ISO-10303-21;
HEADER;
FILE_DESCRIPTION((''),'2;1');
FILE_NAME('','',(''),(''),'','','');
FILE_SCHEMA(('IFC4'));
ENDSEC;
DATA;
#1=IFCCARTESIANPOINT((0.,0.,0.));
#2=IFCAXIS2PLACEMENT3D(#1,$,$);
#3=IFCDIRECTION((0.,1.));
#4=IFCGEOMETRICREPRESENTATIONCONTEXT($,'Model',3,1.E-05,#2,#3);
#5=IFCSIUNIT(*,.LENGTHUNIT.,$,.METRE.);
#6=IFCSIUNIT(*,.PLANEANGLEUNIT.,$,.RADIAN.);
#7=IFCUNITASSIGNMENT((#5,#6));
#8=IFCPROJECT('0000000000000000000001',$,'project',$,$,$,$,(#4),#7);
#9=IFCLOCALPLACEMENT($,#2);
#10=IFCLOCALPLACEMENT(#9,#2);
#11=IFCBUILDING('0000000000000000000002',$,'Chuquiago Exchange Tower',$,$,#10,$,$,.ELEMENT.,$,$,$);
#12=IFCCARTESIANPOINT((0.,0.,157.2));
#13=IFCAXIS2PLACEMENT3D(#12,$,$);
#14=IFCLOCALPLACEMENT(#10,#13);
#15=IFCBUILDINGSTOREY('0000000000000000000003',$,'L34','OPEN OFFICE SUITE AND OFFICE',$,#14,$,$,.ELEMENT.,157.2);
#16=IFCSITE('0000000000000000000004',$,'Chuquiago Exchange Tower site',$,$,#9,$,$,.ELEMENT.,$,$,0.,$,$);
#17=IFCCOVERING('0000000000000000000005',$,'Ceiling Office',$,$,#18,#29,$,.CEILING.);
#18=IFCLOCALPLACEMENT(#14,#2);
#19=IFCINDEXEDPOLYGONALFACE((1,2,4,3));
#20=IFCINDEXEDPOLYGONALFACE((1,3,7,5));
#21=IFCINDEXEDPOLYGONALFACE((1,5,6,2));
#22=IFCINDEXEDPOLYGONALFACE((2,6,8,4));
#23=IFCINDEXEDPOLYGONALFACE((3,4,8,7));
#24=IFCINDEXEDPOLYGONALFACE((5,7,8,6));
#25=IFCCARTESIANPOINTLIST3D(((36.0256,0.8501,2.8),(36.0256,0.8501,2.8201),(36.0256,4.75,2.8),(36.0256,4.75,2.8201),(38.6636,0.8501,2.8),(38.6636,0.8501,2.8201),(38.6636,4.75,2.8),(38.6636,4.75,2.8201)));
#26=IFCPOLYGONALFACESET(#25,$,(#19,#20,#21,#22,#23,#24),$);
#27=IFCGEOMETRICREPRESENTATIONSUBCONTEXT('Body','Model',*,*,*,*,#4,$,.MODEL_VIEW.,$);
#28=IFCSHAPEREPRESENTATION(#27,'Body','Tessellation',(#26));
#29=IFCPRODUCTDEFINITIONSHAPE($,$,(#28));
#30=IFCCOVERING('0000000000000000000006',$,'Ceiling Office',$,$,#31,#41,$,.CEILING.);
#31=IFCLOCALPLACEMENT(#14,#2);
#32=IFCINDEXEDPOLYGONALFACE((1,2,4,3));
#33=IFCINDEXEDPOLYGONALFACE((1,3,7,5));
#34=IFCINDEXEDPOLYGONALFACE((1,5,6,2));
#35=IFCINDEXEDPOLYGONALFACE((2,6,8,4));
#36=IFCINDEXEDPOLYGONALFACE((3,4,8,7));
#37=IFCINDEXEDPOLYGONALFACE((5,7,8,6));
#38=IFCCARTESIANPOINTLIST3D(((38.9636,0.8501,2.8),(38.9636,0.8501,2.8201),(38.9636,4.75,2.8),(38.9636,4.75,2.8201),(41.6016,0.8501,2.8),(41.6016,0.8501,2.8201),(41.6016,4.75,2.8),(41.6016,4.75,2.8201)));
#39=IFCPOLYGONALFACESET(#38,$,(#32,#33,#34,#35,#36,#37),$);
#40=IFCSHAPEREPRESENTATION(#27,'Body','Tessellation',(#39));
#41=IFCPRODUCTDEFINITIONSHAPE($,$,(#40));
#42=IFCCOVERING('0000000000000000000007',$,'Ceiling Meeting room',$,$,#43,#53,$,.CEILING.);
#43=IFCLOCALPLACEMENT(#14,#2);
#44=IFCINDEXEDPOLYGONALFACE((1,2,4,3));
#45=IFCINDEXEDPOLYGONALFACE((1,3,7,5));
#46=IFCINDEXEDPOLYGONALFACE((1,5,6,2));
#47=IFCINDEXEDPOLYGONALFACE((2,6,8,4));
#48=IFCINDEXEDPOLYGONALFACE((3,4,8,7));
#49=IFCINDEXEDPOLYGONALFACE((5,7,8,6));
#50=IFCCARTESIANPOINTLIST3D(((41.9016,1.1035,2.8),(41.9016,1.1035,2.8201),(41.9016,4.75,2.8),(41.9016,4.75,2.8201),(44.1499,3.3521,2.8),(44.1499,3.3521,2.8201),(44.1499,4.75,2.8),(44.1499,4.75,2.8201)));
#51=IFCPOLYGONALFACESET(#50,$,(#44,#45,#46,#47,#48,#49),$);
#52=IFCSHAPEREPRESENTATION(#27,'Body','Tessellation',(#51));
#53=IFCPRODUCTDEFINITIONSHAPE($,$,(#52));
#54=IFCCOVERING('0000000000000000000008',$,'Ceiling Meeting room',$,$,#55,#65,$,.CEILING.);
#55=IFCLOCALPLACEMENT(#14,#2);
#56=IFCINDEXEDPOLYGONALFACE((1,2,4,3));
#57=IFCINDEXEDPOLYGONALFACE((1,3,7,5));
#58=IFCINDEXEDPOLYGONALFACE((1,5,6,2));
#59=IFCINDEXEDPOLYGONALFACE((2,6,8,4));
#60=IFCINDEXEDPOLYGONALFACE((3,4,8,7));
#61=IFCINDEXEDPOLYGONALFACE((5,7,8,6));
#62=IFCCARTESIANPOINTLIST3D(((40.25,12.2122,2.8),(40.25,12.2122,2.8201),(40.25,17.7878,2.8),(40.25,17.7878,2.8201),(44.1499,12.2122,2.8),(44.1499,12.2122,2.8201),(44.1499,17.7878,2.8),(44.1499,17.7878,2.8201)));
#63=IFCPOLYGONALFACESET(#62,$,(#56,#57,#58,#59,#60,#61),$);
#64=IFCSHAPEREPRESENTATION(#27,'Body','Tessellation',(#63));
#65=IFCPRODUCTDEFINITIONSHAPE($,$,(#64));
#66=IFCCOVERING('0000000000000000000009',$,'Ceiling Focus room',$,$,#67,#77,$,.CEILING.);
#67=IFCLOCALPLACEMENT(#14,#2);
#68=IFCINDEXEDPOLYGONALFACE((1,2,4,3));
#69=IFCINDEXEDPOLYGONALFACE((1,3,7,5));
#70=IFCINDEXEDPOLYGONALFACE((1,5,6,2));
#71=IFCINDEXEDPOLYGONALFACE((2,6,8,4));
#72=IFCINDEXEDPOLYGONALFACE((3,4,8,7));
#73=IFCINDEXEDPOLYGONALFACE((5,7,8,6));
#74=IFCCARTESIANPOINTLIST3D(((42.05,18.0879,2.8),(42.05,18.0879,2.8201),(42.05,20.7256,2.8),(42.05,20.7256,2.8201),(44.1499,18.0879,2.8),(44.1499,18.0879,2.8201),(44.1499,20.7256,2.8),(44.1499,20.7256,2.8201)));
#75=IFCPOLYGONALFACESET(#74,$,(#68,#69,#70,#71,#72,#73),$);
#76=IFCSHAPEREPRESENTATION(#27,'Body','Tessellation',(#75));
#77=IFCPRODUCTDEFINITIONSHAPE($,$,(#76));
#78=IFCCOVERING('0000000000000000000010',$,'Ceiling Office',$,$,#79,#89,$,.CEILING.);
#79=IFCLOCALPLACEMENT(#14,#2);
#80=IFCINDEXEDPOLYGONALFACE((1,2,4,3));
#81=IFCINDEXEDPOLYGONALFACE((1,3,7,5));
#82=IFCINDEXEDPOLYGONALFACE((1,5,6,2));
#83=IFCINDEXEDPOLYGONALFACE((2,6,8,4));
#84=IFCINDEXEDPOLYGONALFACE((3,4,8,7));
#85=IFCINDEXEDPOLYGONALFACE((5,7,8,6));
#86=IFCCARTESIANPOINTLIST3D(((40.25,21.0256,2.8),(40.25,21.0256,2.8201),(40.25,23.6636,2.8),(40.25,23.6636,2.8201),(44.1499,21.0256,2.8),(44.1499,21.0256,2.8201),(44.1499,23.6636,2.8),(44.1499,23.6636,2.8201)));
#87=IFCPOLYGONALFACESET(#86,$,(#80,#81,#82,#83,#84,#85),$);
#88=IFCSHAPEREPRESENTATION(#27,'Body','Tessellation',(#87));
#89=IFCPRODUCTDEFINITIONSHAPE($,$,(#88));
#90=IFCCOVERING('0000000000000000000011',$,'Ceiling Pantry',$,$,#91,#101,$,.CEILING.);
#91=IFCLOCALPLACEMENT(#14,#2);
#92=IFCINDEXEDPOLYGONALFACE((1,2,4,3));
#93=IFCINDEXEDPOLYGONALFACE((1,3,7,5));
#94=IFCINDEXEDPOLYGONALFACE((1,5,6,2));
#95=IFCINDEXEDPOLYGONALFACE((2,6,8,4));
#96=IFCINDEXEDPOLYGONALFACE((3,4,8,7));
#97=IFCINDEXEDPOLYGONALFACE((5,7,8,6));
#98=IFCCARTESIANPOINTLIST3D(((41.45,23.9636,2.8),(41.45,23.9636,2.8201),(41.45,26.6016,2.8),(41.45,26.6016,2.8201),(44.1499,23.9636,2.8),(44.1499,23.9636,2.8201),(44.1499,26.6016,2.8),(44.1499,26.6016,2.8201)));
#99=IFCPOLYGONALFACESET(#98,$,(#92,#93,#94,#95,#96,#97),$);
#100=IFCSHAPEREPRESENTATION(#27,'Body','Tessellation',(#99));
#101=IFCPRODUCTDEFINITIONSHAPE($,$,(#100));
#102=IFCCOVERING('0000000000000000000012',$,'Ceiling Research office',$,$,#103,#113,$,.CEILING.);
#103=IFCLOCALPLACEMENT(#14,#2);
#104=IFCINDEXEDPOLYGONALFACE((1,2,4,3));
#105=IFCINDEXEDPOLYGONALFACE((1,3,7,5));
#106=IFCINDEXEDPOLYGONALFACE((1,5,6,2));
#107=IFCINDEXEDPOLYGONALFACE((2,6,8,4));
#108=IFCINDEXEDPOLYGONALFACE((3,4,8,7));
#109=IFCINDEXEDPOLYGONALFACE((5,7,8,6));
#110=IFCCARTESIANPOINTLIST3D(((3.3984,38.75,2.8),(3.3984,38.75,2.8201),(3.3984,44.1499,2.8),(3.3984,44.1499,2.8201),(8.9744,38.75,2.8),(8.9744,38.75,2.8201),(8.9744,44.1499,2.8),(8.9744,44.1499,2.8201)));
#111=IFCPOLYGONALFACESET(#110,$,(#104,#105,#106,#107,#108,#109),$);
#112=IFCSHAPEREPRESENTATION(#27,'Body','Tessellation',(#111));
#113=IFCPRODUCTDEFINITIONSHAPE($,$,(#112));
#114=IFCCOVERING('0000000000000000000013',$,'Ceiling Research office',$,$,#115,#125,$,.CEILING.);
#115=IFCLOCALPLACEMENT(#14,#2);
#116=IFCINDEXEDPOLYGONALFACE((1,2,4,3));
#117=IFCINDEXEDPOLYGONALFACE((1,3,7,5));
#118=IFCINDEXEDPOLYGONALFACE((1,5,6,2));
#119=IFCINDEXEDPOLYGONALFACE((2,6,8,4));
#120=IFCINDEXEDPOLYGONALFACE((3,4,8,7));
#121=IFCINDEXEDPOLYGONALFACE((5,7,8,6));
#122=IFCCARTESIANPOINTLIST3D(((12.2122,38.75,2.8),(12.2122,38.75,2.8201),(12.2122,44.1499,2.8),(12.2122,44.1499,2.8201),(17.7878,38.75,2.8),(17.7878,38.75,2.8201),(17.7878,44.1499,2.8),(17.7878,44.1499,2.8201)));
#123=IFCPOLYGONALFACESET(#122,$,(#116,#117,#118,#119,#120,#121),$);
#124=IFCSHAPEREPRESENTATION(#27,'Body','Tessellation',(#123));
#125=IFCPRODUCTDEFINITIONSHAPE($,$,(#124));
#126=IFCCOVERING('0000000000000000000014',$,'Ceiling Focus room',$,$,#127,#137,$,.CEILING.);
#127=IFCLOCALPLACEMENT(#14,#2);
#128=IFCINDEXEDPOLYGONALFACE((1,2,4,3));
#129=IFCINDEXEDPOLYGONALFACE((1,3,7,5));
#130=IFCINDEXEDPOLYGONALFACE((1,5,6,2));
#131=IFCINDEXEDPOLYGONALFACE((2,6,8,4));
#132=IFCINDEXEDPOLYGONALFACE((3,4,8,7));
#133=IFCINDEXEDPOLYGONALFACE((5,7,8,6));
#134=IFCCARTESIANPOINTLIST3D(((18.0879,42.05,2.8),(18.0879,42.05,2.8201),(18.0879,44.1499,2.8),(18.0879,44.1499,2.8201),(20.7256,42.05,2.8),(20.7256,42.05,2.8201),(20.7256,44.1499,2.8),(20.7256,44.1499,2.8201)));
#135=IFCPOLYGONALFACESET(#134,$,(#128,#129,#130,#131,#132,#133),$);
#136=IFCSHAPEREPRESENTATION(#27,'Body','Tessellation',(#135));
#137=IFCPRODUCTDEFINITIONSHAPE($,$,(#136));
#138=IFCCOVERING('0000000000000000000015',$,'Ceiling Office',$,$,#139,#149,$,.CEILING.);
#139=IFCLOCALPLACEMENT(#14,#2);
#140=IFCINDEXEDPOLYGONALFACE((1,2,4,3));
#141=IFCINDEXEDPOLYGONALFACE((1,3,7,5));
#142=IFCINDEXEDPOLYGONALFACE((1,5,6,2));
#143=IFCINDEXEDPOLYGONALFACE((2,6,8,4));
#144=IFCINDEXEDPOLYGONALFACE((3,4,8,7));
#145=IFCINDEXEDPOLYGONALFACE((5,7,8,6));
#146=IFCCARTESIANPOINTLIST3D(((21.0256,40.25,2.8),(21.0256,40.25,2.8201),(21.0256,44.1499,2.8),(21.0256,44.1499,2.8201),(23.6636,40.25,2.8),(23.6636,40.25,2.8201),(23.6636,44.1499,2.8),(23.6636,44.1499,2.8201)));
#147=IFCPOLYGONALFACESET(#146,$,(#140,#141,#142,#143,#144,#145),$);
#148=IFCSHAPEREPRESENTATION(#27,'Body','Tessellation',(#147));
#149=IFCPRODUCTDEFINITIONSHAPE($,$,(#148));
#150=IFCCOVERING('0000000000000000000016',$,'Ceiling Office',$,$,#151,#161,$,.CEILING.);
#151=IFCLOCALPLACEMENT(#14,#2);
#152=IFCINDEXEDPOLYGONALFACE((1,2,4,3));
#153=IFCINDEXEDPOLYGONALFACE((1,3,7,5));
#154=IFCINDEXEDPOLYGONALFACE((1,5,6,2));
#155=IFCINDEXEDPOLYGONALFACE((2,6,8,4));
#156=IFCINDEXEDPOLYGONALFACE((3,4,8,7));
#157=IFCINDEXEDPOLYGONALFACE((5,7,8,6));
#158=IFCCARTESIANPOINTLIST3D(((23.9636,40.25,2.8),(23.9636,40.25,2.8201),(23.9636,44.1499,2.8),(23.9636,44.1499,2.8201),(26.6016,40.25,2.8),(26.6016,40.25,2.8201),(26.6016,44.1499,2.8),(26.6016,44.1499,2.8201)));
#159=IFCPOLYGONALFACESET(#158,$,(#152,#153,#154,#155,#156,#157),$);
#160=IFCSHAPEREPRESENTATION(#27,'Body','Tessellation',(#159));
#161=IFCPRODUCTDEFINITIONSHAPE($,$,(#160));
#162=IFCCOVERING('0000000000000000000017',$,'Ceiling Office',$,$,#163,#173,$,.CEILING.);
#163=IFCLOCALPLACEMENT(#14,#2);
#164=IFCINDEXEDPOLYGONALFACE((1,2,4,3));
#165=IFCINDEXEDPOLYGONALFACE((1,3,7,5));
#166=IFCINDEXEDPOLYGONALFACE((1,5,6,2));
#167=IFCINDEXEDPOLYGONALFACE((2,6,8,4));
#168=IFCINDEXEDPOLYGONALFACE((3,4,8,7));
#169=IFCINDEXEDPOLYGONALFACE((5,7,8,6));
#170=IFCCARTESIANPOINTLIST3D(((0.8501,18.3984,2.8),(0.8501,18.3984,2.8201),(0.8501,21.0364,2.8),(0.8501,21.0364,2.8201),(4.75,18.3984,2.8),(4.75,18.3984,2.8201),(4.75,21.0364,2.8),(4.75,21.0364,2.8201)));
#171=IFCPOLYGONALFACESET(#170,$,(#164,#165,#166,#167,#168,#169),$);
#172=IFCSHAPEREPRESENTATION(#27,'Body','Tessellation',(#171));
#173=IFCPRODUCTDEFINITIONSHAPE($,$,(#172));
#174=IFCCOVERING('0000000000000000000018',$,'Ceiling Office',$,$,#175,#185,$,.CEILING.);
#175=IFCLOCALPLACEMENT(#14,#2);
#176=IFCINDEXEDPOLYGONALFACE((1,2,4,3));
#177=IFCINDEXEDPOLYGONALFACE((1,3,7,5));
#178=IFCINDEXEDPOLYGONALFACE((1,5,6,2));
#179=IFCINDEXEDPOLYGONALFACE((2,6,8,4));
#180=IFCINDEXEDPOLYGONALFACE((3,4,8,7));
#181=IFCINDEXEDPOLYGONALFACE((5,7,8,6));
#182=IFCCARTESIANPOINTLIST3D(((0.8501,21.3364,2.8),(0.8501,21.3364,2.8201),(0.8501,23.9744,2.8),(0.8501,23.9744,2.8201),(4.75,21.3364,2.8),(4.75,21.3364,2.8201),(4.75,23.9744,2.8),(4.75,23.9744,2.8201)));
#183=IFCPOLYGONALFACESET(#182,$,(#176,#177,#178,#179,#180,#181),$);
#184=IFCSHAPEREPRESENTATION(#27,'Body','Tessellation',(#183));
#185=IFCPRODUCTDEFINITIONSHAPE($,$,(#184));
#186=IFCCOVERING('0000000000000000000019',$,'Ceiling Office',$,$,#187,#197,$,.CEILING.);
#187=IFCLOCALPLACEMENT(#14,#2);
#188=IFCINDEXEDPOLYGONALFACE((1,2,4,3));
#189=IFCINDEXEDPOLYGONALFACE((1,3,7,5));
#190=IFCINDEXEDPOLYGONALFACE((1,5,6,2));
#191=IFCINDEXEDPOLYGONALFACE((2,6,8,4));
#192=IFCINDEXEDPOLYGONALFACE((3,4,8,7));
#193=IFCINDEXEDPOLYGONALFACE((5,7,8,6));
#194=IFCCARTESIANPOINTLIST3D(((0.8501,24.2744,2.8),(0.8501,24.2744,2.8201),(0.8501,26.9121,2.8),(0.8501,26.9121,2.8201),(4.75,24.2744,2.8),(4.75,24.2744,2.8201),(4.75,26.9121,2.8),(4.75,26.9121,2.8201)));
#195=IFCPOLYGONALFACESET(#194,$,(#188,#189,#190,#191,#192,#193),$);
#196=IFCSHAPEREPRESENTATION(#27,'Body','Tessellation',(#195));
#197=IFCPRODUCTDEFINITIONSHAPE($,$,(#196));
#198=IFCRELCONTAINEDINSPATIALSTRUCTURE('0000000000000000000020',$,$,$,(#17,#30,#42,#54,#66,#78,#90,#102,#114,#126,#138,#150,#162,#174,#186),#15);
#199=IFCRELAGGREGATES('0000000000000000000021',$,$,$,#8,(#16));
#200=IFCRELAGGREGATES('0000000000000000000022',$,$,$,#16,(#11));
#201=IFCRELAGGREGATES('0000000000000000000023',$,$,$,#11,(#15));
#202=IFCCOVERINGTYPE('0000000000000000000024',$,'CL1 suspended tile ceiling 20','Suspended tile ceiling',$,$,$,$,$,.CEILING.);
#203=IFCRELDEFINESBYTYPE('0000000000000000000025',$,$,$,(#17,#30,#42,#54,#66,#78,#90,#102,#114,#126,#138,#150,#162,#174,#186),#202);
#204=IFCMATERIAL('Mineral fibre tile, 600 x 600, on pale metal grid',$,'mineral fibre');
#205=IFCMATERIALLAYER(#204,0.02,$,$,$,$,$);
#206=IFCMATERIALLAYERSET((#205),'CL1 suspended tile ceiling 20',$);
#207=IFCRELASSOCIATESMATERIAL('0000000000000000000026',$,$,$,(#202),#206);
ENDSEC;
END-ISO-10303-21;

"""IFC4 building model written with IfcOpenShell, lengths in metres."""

from ifc_helpers import new_model, si_unit, direction, frame, origin, place, context, subcontext, project, spatial, polyline, outline, extrude, material, layer, layer_set, type_object, element, save


model = new_model("IFC4")

# Units and contexts
model_context = context("Model", 3, precision=1e-05, world=origin(), true_north=direction((0.0, 1.0)))
body_context = subcontext(model_context, "Body", "Model", "MODEL_VIEW")
ifc_project = project(units=[si_unit("LENGTHUNIT", "METRE"), si_unit("PLANEANGLEUNIT", "RADIAN")], contexts=[model_context])

# Site, building, storey
site_placement = place(None, origin())
site = spatial("IfcSite", under=ifc_project, at=site_placement, Name="Chuquiago Exchange Tower site", CompositionType="ELEMENT", RefElevation=0.0)
building_placement = place(site_placement, origin())
building = spatial("IfcBuilding", under=site, at=building_placement, Name="Chuquiago Exchange Tower", CompositionType="ELEMENT")
storey_placement = place(building_placement, frame((0.0, 0.0, 157.2)))
storey = spatial("IfcBuildingStorey", under=building, at=storey_placement, Name="L34", Description="OPEN OFFICE SUITE AND OFFICE", CompositionType="ELEMENT", Elevation=157.2)

# Coverings
ifc_material_1 = material(Name="Mineral fibre tile, 600 x 600, on pale metal grid", Category="mineral fibre")
ifc_layer_1 = layer(ifc_material_1, 0.02)
ifc_layer_set_1 = layer_set([ifc_layer_1], Name="CL1 suspended tile ceiling 20")
covering_type_1 = type_object("IfcCoveringType", Name="CL1 suspended tile ceiling 20", Description="Suspended tile ceiling", PredefinedType="CEILING", material=ifc_layer_set_1)
covering_1_placement = place(storey_placement, frame((0.0, 0.0, 2.8)))
element("IfcCovering", 1, at=covering_1_placement, inside=storey, type_object=covering_type_1, Name="Ceiling Office", PredefinedType="CEILING", context=body_context, shape_type="SweptSolid", body=[
    extrude(outline(polyline([(36.0256, 4.75), (38.6636, 4.75), (38.6636, 0.8501), (36.0256, 0.8501), (36.0256, 4.75)])), origin(), (0.0, 0.0, 1.0), 0.02),
])
covering_2_placement = place(storey_placement, frame((0.0, 0.0, 2.8)))
element("IfcCovering", 2, at=covering_2_placement, inside=storey, type_object=covering_type_1, Name="Ceiling Office", PredefinedType="CEILING", context=body_context, shape_type="SweptSolid", body=[
    extrude(outline(polyline([(38.9636, 0.8501), (38.9636, 4.75), (41.6016, 4.75), (41.6016, 0.8501), (38.9636, 0.8501)])), origin(), (0.0, 0.0, 1.0), 0.02),
])
covering_3_placement = place(storey_placement, frame((0.0, 0.0, 2.8)))
element("IfcCovering", 3, at=covering_3_placement, inside=storey, type_object=covering_type_1, Name="Ceiling Meeting room", PredefinedType="CEILING", context=body_context, shape_type="SweptSolid", body=[
    extrude(outline(polyline([(41.9016, 1.1035), (41.9016, 4.75), (44.1499, 4.75), (44.1499, 3.3521), (41.9016, 1.1035)])), origin(), (0.0, 0.0, 1.0), 0.02),
])
covering_4_placement = place(storey_placement, frame((0.0, 0.0, 2.8)))
element("IfcCovering", 4, at=covering_4_placement, inside=storey, type_object=covering_type_1, Name="Ceiling Meeting room", PredefinedType="CEILING", context=body_context, shape_type="SweptSolid", body=[
    extrude(outline(polyline([(40.25, 12.2122), (40.25, 17.7878), (44.1499, 17.7878), (44.1499, 12.2122), (40.25, 12.2122)])), origin(), (0.0, 0.0, 1.0), 0.02),
])
covering_5_placement = place(storey_placement, frame((0.0, 0.0, 2.8)))
element("IfcCovering", 5, at=covering_5_placement, inside=storey, type_object=covering_type_1, Name="Ceiling Focus room", PredefinedType="CEILING", context=body_context, shape_type="SweptSolid", body=[
    extrude(outline(polyline([(42.05, 18.0879), (42.05, 20.7256), (44.1499, 20.7256), (44.1499, 18.0879), (42.05, 18.0879)])), origin(), (0.0, 0.0, 1.0), 0.02),
])
covering_6_placement = place(storey_placement, frame((0.0, 0.0, 2.8)))
element("IfcCovering", 6, at=covering_6_placement, inside=storey, type_object=covering_type_1, Name="Ceiling Office", PredefinedType="CEILING", context=body_context, shape_type="SweptSolid", body=[
    extrude(outline(polyline([(40.25, 21.0256), (40.25, 23.6636), (44.1499, 23.6636), (44.1499, 21.0256), (40.25, 21.0256)])), origin(), (0.0, 0.0, 1.0), 0.02),
])
covering_7_placement = place(storey_placement, frame((0.0, 0.0, 2.8)))
element("IfcCovering", 7, at=covering_7_placement, inside=storey, type_object=covering_type_1, Name="Ceiling Pantry", PredefinedType="CEILING", context=body_context, shape_type="SweptSolid", body=[
    extrude(outline(polyline([(44.1499, 23.9636), (41.45, 23.9636), (41.45, 26.6016), (44.1499, 26.6016), (44.1499, 23.9636)])), origin(), (0.0, 0.0, 1.0), 0.02),
])
covering_8_placement = place(storey_placement, frame((0.0, 0.0, 2.8)))
element("IfcCovering", 8, at=covering_8_placement, inside=storey, type_object=covering_type_1, Name="Ceiling Research office", PredefinedType="CEILING", context=body_context, shape_type="SweptSolid", body=[
    extrude(outline(polyline([(8.9744, 44.1499), (8.9744, 38.75), (3.3984, 38.75), (3.3984, 44.1499), (8.9744, 44.1499)])), origin(), (0.0, 0.0, 1.0), 0.02),
])
covering_9_placement = place(storey_placement, frame((0.0, 0.0, 2.8)))
element("IfcCovering", 9, at=covering_9_placement, inside=storey, type_object=covering_type_1, Name="Ceiling Research office", PredefinedType="CEILING", context=body_context, shape_type="SweptSolid", body=[
    extrude(outline(polyline([(17.7878, 38.75), (12.2122, 38.75), (12.2122, 44.1499), (17.7878, 44.1499), (17.7878, 38.75)])), origin(), (0.0, 0.0, 1.0), 0.02),
])
covering_10_placement = place(storey_placement, frame((0.0, 0.0, 2.8)))
element("IfcCovering", 10, at=covering_10_placement, inside=storey, type_object=covering_type_1, Name="Ceiling Focus room", PredefinedType="CEILING", context=body_context, shape_type="SweptSolid", body=[
    extrude(outline(polyline([(20.7256, 42.05), (18.0879, 42.05), (18.0879, 44.1499), (20.7256, 44.1499), (20.7256, 42.05)])), origin(), (0.0, 0.0, 1.0), 0.02),
])
covering_11_placement = place(storey_placement, frame((0.0, 0.0, 2.8)))
element("IfcCovering", 11, at=covering_11_placement, inside=storey, type_object=covering_type_1, Name="Ceiling Office", PredefinedType="CEILING", context=body_context, shape_type="SweptSolid", body=[
    extrude(outline(polyline([(23.6636, 40.25), (21.0256, 40.25), (21.0256, 44.1499), (23.6636, 44.1499), (23.6636, 40.25)])), origin(), (0.0, 0.0, 1.0), 0.02),
])
covering_12_placement = place(storey_placement, frame((0.0, 0.0, 2.8)))
element("IfcCovering", 12, at=covering_12_placement, inside=storey, type_object=covering_type_1, Name="Ceiling Office", PredefinedType="CEILING", context=body_context, shape_type="SweptSolid", body=[
    extrude(outline(polyline([(26.6016, 40.25), (23.9636, 40.25), (23.9636, 44.1499), (26.6016, 44.1499), (26.6016, 40.25)])), origin(), (0.0, 0.0, 1.0), 0.02),
])
covering_13_placement = place(storey_placement, frame((0.0, 0.0, 2.8)))
element("IfcCovering", 13, at=covering_13_placement, inside=storey, type_object=covering_type_1, Name="Ceiling Office", PredefinedType="CEILING", context=body_context, shape_type="SweptSolid", body=[
    extrude(outline(polyline([(0.8501, 21.0364), (4.75, 21.0364), (4.75, 18.3984), (0.8501, 18.3984), (0.8501, 21.0364)])), origin(), (0.0, 0.0, 1.0), 0.02),
])
covering_14_placement = place(storey_placement, frame((0.0, 0.0, 2.8)))
element("IfcCovering", 14, at=covering_14_placement, inside=storey, type_object=covering_type_1, Name="Ceiling Office", PredefinedType="CEILING", context=body_context, shape_type="SweptSolid", body=[
    extrude(outline(polyline([(4.75, 23.9744), (4.75, 21.3364), (0.8501, 21.3364), (0.8501, 23.9744), (4.75, 23.9744)])), origin(), (0.0, 0.0, 1.0), 0.02),
])
covering_15_placement = place(storey_placement, frame((0.0, 0.0, 2.8)))
element("IfcCovering", 15, at=covering_15_placement, inside=storey, type_object=covering_type_1, Name="Ceiling Office", PredefinedType="CEILING", context=body_context, shape_type="SweptSolid", body=[
    extrude(outline(polyline([(4.75, 26.9121), (4.75, 24.2744), (0.8501, 24.2744), (0.8501, 26.9121), (4.75, 26.9121)])), origin(), (0.0, 0.0, 1.0), 0.02),
])

save(model, "model.ifc")
